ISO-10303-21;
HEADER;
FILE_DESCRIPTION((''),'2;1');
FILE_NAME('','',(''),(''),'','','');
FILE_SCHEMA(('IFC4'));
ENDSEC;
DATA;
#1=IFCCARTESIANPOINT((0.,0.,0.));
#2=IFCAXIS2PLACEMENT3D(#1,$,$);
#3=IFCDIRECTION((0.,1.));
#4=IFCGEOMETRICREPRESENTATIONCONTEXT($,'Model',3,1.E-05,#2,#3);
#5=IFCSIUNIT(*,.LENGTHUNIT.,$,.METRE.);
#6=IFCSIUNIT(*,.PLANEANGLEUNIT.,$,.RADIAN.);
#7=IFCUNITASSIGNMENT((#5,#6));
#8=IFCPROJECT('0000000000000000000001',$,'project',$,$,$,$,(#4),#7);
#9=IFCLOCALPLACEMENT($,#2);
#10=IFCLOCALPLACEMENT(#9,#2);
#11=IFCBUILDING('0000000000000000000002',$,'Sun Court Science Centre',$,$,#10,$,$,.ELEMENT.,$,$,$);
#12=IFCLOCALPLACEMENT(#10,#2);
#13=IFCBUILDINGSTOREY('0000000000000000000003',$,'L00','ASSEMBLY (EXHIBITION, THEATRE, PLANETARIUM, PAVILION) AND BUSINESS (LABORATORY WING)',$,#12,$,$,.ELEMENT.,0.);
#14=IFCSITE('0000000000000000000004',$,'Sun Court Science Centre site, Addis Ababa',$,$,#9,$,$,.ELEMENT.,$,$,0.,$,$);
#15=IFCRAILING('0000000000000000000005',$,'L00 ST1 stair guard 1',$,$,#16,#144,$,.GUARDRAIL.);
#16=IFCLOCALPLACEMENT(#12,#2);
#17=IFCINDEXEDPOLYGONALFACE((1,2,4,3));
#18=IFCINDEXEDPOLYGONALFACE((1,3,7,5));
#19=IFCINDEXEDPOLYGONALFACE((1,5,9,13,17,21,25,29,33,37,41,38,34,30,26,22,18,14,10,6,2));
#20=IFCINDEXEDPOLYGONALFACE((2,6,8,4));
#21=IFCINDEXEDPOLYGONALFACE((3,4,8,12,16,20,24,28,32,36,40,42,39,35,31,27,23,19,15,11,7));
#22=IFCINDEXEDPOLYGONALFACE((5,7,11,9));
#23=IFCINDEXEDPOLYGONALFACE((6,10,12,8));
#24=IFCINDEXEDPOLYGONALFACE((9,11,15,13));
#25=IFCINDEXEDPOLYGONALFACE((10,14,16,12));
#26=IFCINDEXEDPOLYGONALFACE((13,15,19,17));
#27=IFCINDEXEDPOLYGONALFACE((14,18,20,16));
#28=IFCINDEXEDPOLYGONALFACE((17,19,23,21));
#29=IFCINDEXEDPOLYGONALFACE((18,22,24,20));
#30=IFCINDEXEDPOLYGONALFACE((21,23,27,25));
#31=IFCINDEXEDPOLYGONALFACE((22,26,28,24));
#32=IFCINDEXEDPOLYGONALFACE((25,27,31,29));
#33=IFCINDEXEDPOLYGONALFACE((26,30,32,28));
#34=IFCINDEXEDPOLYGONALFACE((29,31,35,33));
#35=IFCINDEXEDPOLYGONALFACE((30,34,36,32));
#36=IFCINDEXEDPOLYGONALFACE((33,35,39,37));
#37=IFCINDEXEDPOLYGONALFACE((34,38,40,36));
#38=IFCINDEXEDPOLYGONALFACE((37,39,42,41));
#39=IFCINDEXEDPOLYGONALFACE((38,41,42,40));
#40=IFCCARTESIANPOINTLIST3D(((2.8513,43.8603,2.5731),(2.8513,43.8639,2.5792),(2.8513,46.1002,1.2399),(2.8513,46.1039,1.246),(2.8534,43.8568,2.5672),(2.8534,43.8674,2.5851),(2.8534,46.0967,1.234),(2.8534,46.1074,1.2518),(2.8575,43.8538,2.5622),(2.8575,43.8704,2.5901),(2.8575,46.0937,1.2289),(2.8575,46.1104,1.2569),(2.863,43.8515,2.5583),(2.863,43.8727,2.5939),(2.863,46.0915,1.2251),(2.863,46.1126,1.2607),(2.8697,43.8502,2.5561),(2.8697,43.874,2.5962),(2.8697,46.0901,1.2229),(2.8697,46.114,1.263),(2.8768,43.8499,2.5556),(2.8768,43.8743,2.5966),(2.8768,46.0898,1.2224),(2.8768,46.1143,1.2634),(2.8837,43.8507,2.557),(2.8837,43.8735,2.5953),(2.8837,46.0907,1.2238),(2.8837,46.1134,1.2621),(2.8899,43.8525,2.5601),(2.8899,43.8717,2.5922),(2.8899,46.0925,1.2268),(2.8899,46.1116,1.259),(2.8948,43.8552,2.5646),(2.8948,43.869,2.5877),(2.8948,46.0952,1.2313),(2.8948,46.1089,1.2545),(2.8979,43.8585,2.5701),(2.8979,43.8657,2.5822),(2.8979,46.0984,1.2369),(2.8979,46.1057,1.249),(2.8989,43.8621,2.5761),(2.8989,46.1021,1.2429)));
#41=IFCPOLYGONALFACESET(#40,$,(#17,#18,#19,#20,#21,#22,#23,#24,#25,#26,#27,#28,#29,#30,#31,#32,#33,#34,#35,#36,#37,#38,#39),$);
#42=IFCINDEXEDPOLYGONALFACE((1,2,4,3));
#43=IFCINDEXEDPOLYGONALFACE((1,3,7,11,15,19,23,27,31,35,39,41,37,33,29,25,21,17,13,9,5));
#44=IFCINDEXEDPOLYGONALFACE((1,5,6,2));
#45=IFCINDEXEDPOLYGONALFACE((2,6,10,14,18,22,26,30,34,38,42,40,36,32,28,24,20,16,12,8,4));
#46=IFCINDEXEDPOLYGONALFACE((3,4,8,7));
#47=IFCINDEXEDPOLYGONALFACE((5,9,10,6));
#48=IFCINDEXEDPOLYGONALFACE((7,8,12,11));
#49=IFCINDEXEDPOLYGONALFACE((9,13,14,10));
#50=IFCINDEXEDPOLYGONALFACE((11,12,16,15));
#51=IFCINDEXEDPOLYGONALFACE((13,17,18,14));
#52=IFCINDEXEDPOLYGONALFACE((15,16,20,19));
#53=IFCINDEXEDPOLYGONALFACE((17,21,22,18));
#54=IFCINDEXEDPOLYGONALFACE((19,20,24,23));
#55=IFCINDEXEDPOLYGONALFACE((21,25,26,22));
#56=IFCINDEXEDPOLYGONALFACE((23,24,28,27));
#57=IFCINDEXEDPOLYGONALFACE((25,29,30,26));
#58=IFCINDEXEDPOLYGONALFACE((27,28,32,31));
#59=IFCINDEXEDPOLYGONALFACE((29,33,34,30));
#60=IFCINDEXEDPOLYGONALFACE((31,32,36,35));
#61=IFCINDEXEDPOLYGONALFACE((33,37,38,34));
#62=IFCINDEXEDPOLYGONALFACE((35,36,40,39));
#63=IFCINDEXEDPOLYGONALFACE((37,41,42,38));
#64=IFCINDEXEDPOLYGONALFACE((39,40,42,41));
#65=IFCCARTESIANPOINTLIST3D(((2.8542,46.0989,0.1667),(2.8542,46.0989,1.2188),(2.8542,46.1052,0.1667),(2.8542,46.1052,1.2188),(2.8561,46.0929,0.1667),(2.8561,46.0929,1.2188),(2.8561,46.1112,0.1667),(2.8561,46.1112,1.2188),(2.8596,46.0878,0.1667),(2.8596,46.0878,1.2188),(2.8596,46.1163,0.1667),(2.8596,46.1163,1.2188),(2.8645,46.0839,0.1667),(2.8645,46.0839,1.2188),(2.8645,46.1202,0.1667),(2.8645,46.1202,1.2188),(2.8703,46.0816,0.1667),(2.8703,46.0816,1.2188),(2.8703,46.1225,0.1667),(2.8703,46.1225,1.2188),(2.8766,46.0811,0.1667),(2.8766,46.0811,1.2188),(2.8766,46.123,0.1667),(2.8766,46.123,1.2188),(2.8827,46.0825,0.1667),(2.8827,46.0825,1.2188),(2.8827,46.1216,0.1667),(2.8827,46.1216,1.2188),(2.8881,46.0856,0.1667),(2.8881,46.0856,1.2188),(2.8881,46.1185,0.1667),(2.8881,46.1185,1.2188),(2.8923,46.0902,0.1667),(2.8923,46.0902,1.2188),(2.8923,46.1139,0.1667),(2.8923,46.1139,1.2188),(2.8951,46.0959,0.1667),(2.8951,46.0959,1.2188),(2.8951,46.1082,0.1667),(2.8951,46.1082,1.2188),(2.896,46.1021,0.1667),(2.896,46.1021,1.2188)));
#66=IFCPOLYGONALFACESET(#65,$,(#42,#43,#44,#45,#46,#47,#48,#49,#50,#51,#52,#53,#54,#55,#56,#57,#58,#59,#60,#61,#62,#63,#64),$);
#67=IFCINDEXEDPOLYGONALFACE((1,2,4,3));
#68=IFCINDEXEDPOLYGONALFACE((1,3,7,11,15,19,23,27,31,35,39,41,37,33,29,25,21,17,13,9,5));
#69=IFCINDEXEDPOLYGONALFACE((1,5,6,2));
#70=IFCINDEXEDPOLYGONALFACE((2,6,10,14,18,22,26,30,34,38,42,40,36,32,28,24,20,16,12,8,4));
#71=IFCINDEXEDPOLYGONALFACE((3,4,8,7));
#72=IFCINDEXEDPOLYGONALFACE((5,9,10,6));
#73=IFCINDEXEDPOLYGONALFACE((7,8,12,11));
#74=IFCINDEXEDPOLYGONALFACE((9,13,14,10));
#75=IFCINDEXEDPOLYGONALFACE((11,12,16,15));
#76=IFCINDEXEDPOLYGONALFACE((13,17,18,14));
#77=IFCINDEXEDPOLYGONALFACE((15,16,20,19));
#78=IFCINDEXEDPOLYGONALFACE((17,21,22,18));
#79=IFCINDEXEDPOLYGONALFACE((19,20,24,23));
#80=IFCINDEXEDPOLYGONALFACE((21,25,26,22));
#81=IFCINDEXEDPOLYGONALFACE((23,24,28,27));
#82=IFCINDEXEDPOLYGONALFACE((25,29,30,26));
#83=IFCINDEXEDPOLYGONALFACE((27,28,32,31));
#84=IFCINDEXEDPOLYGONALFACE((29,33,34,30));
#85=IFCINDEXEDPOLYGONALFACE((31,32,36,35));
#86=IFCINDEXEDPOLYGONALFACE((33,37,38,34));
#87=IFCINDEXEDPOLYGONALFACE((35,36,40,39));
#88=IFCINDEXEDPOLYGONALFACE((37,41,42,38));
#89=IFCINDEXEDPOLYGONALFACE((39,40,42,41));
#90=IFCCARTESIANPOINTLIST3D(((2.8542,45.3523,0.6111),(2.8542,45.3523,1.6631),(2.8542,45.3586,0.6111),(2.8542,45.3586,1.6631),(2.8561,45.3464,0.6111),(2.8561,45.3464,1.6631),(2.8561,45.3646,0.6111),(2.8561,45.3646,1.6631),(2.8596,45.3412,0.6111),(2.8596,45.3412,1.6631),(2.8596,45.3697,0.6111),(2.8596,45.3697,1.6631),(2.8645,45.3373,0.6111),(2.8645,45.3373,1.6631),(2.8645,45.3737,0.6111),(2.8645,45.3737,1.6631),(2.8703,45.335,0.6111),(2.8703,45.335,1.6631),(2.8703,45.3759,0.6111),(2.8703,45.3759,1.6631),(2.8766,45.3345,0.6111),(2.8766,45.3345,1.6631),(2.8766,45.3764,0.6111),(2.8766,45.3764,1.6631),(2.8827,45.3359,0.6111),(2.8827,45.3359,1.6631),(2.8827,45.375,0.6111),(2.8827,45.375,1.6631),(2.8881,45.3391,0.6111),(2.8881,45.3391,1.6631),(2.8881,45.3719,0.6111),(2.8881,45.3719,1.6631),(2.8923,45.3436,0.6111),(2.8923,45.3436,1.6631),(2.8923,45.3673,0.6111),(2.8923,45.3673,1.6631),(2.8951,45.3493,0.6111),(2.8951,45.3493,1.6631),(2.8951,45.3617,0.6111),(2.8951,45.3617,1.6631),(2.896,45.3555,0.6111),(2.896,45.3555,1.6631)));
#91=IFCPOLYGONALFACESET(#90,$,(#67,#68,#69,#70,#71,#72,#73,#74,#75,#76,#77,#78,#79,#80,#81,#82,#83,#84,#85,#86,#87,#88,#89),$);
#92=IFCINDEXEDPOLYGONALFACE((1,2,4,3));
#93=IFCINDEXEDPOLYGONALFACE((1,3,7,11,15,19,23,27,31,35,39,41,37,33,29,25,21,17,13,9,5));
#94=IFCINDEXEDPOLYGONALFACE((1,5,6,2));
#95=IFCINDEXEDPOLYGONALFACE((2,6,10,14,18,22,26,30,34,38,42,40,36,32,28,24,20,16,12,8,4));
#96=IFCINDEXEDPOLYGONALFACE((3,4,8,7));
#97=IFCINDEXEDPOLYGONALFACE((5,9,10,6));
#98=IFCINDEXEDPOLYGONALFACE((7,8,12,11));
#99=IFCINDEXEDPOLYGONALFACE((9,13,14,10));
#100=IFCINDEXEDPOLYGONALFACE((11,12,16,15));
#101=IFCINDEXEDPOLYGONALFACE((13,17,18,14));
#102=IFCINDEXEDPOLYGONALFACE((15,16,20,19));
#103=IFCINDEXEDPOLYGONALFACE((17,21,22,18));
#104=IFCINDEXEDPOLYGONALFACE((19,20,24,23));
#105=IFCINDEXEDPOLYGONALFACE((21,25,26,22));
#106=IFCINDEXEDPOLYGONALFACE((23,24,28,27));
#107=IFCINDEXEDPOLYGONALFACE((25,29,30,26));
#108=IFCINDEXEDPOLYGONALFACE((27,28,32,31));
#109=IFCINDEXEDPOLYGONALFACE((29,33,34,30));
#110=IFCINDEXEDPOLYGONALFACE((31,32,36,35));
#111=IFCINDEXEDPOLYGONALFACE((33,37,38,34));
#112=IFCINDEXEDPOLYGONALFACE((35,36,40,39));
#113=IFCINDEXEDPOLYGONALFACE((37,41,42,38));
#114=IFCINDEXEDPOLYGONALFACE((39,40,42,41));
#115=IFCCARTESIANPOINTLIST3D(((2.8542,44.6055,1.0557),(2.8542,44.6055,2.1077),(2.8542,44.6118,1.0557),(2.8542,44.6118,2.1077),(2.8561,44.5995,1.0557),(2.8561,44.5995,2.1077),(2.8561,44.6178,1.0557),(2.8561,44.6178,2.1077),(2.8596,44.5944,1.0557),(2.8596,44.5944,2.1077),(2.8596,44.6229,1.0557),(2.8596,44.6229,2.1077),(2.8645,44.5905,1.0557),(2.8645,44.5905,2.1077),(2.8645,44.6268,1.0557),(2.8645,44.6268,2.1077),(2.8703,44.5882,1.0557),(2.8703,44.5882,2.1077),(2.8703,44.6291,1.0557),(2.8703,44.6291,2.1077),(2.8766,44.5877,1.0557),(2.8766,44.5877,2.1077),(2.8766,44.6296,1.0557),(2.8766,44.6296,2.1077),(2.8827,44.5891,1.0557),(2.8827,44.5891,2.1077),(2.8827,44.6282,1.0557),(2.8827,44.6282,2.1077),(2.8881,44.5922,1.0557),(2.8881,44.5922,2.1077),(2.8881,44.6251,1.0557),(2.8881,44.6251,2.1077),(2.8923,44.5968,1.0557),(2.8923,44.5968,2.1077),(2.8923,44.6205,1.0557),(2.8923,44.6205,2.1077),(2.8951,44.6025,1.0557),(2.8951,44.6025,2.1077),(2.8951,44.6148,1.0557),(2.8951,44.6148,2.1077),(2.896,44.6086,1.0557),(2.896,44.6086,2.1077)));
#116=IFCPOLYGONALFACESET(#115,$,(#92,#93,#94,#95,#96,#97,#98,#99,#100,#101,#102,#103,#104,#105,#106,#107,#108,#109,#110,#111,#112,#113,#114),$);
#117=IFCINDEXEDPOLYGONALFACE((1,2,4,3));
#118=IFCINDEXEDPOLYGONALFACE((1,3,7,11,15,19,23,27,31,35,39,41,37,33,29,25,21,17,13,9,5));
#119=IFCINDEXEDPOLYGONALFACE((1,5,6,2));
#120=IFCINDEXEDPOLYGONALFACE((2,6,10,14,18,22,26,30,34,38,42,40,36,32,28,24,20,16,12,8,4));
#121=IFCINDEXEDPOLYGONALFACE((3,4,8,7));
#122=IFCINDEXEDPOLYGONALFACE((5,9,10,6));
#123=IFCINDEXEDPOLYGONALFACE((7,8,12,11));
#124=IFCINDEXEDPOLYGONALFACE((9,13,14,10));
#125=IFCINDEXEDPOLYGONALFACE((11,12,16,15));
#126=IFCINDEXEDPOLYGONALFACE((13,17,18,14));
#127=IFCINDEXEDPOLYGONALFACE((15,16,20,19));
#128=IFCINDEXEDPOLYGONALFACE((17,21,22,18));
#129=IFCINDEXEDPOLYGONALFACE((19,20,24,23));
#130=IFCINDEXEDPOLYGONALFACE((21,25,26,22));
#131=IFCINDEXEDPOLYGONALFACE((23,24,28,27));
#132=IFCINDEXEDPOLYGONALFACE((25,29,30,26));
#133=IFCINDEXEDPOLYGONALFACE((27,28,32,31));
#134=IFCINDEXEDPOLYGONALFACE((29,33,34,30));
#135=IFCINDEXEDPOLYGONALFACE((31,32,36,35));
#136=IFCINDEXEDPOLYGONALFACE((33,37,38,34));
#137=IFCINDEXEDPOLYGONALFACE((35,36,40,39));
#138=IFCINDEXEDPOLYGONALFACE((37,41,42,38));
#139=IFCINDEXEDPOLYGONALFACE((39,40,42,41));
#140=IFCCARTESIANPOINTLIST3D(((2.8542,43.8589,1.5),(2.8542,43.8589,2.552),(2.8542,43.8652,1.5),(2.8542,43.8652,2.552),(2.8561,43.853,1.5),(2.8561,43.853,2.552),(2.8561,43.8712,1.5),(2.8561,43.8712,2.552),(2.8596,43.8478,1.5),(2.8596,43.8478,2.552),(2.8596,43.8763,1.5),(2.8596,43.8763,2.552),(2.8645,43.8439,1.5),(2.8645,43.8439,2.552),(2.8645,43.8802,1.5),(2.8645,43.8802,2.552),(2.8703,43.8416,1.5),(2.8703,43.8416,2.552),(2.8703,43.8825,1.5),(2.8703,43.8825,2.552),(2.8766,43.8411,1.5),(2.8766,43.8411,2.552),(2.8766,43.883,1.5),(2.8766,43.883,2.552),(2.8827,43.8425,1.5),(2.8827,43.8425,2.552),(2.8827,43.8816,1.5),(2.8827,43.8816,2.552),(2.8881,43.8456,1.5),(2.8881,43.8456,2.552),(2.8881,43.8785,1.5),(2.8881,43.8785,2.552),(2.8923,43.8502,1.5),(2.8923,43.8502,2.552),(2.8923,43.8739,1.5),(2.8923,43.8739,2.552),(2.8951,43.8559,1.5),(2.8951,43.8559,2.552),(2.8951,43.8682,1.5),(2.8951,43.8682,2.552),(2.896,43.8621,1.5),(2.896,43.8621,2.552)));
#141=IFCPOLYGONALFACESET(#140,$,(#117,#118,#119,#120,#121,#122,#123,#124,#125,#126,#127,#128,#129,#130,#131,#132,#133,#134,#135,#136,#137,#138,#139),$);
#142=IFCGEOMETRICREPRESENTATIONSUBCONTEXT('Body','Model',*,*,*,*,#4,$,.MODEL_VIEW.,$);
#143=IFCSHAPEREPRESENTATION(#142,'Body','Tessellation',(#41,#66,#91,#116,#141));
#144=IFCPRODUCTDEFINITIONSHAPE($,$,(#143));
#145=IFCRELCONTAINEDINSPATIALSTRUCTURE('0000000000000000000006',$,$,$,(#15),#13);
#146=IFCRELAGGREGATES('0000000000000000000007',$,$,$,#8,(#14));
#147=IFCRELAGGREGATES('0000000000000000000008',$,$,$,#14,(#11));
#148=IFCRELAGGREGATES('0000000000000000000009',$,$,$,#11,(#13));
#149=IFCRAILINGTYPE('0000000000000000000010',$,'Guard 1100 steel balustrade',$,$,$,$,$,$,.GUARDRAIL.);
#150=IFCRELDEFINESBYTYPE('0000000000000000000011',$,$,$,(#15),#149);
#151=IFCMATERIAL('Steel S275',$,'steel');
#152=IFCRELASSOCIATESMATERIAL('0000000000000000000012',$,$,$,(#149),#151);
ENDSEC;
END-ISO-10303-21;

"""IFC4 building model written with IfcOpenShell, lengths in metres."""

from ifc_helpers import new_model, si_unit, direction, frame, origin, origin_2d, place, context, subcontext, project, spatial, circle, extrude, material, type_object, element, save


model = new_model("IFC4")

# Units and contexts
model_context = context("Model", 3, precision=1e-05, world=origin(), true_north=direction((0.0, 1.0)))
body_context = subcontext(model_context, "Body", "Model", "MODEL_VIEW")
ifc_project = project(units=[si_unit("LENGTHUNIT", "METRE"), si_unit("PLANEANGLEUNIT", "RADIAN")], contexts=[model_context])

# Site, building, storey
site_placement = place(None, origin())
site = spatial("IfcSite", under=ifc_project, at=site_placement, Name="Sun Court Science Centre site, Addis Ababa", CompositionType="ELEMENT", RefElevation=0.0)
building_placement = place(site_placement, origin())
building = spatial("IfcBuilding", under=site, at=building_placement, Name="Sun Court Science Centre", CompositionType="ELEMENT")
storey_placement = place(building_placement, origin())
storey = spatial("IfcBuildingStorey", under=building, at=storey_placement, Name="L00", Description="ASSEMBLY (EXHIBITION, THEATRE, PLANETARIUM, PAVILION) AND BUSINESS (LABORATORY WING)", CompositionType="ELEMENT", Elevation=0.0)

# Railing
ifc_material_1 = material(Name="Steel S275", Category="steel")
railing_type_1 = type_object("IfcRailingType", Name="Guard 1100 steel balustrade", PredefinedType="GUARDRAIL", material=ifc_material_1)
railing_1_placement = place(storey_placement, frame((2.875, 46.1021, 0.1667)))
element("IfcRailing", 1, at=railing_1_placement, inside=storey, type_object=railing_type_1, Name="L00 ST1 stair guard 1", PredefinedType="GUARDRAIL", context=body_context, shape_type="SweptSolid", body=[
    extrude(circle(Radius=0.0239, at=origin_2d()), frame((0.0, 0.0, 1.0762), z_axis=(0.0, -0.859306, 0.511462), x_axis=(1.0, 0.0, 0.0)), (0.0, 0.0, 1.0), 2.6067),
    extrude(circle(Radius=0.021, at=origin_2d()), origin(), (0.0, 0.0, 1.0), 1.052),
    extrude(circle(Radius=0.021, at=origin_2d()), frame((0.0, -0.7466, 0.4443)), (0.0, 0.0, 1.0), 1.052),
    extrude(circle(Radius=0.021, at=origin_2d()), frame((0.0, -1.4934, 0.8889)), (0.0, 0.0, 1.0), 1.052),
    extrude(circle(Radius=0.021, at=origin_2d()), frame((0.0, -2.24, 1.3333)), (0.0, 0.0, 1.0), 1.052),
])

save(model, "model.ifc")
